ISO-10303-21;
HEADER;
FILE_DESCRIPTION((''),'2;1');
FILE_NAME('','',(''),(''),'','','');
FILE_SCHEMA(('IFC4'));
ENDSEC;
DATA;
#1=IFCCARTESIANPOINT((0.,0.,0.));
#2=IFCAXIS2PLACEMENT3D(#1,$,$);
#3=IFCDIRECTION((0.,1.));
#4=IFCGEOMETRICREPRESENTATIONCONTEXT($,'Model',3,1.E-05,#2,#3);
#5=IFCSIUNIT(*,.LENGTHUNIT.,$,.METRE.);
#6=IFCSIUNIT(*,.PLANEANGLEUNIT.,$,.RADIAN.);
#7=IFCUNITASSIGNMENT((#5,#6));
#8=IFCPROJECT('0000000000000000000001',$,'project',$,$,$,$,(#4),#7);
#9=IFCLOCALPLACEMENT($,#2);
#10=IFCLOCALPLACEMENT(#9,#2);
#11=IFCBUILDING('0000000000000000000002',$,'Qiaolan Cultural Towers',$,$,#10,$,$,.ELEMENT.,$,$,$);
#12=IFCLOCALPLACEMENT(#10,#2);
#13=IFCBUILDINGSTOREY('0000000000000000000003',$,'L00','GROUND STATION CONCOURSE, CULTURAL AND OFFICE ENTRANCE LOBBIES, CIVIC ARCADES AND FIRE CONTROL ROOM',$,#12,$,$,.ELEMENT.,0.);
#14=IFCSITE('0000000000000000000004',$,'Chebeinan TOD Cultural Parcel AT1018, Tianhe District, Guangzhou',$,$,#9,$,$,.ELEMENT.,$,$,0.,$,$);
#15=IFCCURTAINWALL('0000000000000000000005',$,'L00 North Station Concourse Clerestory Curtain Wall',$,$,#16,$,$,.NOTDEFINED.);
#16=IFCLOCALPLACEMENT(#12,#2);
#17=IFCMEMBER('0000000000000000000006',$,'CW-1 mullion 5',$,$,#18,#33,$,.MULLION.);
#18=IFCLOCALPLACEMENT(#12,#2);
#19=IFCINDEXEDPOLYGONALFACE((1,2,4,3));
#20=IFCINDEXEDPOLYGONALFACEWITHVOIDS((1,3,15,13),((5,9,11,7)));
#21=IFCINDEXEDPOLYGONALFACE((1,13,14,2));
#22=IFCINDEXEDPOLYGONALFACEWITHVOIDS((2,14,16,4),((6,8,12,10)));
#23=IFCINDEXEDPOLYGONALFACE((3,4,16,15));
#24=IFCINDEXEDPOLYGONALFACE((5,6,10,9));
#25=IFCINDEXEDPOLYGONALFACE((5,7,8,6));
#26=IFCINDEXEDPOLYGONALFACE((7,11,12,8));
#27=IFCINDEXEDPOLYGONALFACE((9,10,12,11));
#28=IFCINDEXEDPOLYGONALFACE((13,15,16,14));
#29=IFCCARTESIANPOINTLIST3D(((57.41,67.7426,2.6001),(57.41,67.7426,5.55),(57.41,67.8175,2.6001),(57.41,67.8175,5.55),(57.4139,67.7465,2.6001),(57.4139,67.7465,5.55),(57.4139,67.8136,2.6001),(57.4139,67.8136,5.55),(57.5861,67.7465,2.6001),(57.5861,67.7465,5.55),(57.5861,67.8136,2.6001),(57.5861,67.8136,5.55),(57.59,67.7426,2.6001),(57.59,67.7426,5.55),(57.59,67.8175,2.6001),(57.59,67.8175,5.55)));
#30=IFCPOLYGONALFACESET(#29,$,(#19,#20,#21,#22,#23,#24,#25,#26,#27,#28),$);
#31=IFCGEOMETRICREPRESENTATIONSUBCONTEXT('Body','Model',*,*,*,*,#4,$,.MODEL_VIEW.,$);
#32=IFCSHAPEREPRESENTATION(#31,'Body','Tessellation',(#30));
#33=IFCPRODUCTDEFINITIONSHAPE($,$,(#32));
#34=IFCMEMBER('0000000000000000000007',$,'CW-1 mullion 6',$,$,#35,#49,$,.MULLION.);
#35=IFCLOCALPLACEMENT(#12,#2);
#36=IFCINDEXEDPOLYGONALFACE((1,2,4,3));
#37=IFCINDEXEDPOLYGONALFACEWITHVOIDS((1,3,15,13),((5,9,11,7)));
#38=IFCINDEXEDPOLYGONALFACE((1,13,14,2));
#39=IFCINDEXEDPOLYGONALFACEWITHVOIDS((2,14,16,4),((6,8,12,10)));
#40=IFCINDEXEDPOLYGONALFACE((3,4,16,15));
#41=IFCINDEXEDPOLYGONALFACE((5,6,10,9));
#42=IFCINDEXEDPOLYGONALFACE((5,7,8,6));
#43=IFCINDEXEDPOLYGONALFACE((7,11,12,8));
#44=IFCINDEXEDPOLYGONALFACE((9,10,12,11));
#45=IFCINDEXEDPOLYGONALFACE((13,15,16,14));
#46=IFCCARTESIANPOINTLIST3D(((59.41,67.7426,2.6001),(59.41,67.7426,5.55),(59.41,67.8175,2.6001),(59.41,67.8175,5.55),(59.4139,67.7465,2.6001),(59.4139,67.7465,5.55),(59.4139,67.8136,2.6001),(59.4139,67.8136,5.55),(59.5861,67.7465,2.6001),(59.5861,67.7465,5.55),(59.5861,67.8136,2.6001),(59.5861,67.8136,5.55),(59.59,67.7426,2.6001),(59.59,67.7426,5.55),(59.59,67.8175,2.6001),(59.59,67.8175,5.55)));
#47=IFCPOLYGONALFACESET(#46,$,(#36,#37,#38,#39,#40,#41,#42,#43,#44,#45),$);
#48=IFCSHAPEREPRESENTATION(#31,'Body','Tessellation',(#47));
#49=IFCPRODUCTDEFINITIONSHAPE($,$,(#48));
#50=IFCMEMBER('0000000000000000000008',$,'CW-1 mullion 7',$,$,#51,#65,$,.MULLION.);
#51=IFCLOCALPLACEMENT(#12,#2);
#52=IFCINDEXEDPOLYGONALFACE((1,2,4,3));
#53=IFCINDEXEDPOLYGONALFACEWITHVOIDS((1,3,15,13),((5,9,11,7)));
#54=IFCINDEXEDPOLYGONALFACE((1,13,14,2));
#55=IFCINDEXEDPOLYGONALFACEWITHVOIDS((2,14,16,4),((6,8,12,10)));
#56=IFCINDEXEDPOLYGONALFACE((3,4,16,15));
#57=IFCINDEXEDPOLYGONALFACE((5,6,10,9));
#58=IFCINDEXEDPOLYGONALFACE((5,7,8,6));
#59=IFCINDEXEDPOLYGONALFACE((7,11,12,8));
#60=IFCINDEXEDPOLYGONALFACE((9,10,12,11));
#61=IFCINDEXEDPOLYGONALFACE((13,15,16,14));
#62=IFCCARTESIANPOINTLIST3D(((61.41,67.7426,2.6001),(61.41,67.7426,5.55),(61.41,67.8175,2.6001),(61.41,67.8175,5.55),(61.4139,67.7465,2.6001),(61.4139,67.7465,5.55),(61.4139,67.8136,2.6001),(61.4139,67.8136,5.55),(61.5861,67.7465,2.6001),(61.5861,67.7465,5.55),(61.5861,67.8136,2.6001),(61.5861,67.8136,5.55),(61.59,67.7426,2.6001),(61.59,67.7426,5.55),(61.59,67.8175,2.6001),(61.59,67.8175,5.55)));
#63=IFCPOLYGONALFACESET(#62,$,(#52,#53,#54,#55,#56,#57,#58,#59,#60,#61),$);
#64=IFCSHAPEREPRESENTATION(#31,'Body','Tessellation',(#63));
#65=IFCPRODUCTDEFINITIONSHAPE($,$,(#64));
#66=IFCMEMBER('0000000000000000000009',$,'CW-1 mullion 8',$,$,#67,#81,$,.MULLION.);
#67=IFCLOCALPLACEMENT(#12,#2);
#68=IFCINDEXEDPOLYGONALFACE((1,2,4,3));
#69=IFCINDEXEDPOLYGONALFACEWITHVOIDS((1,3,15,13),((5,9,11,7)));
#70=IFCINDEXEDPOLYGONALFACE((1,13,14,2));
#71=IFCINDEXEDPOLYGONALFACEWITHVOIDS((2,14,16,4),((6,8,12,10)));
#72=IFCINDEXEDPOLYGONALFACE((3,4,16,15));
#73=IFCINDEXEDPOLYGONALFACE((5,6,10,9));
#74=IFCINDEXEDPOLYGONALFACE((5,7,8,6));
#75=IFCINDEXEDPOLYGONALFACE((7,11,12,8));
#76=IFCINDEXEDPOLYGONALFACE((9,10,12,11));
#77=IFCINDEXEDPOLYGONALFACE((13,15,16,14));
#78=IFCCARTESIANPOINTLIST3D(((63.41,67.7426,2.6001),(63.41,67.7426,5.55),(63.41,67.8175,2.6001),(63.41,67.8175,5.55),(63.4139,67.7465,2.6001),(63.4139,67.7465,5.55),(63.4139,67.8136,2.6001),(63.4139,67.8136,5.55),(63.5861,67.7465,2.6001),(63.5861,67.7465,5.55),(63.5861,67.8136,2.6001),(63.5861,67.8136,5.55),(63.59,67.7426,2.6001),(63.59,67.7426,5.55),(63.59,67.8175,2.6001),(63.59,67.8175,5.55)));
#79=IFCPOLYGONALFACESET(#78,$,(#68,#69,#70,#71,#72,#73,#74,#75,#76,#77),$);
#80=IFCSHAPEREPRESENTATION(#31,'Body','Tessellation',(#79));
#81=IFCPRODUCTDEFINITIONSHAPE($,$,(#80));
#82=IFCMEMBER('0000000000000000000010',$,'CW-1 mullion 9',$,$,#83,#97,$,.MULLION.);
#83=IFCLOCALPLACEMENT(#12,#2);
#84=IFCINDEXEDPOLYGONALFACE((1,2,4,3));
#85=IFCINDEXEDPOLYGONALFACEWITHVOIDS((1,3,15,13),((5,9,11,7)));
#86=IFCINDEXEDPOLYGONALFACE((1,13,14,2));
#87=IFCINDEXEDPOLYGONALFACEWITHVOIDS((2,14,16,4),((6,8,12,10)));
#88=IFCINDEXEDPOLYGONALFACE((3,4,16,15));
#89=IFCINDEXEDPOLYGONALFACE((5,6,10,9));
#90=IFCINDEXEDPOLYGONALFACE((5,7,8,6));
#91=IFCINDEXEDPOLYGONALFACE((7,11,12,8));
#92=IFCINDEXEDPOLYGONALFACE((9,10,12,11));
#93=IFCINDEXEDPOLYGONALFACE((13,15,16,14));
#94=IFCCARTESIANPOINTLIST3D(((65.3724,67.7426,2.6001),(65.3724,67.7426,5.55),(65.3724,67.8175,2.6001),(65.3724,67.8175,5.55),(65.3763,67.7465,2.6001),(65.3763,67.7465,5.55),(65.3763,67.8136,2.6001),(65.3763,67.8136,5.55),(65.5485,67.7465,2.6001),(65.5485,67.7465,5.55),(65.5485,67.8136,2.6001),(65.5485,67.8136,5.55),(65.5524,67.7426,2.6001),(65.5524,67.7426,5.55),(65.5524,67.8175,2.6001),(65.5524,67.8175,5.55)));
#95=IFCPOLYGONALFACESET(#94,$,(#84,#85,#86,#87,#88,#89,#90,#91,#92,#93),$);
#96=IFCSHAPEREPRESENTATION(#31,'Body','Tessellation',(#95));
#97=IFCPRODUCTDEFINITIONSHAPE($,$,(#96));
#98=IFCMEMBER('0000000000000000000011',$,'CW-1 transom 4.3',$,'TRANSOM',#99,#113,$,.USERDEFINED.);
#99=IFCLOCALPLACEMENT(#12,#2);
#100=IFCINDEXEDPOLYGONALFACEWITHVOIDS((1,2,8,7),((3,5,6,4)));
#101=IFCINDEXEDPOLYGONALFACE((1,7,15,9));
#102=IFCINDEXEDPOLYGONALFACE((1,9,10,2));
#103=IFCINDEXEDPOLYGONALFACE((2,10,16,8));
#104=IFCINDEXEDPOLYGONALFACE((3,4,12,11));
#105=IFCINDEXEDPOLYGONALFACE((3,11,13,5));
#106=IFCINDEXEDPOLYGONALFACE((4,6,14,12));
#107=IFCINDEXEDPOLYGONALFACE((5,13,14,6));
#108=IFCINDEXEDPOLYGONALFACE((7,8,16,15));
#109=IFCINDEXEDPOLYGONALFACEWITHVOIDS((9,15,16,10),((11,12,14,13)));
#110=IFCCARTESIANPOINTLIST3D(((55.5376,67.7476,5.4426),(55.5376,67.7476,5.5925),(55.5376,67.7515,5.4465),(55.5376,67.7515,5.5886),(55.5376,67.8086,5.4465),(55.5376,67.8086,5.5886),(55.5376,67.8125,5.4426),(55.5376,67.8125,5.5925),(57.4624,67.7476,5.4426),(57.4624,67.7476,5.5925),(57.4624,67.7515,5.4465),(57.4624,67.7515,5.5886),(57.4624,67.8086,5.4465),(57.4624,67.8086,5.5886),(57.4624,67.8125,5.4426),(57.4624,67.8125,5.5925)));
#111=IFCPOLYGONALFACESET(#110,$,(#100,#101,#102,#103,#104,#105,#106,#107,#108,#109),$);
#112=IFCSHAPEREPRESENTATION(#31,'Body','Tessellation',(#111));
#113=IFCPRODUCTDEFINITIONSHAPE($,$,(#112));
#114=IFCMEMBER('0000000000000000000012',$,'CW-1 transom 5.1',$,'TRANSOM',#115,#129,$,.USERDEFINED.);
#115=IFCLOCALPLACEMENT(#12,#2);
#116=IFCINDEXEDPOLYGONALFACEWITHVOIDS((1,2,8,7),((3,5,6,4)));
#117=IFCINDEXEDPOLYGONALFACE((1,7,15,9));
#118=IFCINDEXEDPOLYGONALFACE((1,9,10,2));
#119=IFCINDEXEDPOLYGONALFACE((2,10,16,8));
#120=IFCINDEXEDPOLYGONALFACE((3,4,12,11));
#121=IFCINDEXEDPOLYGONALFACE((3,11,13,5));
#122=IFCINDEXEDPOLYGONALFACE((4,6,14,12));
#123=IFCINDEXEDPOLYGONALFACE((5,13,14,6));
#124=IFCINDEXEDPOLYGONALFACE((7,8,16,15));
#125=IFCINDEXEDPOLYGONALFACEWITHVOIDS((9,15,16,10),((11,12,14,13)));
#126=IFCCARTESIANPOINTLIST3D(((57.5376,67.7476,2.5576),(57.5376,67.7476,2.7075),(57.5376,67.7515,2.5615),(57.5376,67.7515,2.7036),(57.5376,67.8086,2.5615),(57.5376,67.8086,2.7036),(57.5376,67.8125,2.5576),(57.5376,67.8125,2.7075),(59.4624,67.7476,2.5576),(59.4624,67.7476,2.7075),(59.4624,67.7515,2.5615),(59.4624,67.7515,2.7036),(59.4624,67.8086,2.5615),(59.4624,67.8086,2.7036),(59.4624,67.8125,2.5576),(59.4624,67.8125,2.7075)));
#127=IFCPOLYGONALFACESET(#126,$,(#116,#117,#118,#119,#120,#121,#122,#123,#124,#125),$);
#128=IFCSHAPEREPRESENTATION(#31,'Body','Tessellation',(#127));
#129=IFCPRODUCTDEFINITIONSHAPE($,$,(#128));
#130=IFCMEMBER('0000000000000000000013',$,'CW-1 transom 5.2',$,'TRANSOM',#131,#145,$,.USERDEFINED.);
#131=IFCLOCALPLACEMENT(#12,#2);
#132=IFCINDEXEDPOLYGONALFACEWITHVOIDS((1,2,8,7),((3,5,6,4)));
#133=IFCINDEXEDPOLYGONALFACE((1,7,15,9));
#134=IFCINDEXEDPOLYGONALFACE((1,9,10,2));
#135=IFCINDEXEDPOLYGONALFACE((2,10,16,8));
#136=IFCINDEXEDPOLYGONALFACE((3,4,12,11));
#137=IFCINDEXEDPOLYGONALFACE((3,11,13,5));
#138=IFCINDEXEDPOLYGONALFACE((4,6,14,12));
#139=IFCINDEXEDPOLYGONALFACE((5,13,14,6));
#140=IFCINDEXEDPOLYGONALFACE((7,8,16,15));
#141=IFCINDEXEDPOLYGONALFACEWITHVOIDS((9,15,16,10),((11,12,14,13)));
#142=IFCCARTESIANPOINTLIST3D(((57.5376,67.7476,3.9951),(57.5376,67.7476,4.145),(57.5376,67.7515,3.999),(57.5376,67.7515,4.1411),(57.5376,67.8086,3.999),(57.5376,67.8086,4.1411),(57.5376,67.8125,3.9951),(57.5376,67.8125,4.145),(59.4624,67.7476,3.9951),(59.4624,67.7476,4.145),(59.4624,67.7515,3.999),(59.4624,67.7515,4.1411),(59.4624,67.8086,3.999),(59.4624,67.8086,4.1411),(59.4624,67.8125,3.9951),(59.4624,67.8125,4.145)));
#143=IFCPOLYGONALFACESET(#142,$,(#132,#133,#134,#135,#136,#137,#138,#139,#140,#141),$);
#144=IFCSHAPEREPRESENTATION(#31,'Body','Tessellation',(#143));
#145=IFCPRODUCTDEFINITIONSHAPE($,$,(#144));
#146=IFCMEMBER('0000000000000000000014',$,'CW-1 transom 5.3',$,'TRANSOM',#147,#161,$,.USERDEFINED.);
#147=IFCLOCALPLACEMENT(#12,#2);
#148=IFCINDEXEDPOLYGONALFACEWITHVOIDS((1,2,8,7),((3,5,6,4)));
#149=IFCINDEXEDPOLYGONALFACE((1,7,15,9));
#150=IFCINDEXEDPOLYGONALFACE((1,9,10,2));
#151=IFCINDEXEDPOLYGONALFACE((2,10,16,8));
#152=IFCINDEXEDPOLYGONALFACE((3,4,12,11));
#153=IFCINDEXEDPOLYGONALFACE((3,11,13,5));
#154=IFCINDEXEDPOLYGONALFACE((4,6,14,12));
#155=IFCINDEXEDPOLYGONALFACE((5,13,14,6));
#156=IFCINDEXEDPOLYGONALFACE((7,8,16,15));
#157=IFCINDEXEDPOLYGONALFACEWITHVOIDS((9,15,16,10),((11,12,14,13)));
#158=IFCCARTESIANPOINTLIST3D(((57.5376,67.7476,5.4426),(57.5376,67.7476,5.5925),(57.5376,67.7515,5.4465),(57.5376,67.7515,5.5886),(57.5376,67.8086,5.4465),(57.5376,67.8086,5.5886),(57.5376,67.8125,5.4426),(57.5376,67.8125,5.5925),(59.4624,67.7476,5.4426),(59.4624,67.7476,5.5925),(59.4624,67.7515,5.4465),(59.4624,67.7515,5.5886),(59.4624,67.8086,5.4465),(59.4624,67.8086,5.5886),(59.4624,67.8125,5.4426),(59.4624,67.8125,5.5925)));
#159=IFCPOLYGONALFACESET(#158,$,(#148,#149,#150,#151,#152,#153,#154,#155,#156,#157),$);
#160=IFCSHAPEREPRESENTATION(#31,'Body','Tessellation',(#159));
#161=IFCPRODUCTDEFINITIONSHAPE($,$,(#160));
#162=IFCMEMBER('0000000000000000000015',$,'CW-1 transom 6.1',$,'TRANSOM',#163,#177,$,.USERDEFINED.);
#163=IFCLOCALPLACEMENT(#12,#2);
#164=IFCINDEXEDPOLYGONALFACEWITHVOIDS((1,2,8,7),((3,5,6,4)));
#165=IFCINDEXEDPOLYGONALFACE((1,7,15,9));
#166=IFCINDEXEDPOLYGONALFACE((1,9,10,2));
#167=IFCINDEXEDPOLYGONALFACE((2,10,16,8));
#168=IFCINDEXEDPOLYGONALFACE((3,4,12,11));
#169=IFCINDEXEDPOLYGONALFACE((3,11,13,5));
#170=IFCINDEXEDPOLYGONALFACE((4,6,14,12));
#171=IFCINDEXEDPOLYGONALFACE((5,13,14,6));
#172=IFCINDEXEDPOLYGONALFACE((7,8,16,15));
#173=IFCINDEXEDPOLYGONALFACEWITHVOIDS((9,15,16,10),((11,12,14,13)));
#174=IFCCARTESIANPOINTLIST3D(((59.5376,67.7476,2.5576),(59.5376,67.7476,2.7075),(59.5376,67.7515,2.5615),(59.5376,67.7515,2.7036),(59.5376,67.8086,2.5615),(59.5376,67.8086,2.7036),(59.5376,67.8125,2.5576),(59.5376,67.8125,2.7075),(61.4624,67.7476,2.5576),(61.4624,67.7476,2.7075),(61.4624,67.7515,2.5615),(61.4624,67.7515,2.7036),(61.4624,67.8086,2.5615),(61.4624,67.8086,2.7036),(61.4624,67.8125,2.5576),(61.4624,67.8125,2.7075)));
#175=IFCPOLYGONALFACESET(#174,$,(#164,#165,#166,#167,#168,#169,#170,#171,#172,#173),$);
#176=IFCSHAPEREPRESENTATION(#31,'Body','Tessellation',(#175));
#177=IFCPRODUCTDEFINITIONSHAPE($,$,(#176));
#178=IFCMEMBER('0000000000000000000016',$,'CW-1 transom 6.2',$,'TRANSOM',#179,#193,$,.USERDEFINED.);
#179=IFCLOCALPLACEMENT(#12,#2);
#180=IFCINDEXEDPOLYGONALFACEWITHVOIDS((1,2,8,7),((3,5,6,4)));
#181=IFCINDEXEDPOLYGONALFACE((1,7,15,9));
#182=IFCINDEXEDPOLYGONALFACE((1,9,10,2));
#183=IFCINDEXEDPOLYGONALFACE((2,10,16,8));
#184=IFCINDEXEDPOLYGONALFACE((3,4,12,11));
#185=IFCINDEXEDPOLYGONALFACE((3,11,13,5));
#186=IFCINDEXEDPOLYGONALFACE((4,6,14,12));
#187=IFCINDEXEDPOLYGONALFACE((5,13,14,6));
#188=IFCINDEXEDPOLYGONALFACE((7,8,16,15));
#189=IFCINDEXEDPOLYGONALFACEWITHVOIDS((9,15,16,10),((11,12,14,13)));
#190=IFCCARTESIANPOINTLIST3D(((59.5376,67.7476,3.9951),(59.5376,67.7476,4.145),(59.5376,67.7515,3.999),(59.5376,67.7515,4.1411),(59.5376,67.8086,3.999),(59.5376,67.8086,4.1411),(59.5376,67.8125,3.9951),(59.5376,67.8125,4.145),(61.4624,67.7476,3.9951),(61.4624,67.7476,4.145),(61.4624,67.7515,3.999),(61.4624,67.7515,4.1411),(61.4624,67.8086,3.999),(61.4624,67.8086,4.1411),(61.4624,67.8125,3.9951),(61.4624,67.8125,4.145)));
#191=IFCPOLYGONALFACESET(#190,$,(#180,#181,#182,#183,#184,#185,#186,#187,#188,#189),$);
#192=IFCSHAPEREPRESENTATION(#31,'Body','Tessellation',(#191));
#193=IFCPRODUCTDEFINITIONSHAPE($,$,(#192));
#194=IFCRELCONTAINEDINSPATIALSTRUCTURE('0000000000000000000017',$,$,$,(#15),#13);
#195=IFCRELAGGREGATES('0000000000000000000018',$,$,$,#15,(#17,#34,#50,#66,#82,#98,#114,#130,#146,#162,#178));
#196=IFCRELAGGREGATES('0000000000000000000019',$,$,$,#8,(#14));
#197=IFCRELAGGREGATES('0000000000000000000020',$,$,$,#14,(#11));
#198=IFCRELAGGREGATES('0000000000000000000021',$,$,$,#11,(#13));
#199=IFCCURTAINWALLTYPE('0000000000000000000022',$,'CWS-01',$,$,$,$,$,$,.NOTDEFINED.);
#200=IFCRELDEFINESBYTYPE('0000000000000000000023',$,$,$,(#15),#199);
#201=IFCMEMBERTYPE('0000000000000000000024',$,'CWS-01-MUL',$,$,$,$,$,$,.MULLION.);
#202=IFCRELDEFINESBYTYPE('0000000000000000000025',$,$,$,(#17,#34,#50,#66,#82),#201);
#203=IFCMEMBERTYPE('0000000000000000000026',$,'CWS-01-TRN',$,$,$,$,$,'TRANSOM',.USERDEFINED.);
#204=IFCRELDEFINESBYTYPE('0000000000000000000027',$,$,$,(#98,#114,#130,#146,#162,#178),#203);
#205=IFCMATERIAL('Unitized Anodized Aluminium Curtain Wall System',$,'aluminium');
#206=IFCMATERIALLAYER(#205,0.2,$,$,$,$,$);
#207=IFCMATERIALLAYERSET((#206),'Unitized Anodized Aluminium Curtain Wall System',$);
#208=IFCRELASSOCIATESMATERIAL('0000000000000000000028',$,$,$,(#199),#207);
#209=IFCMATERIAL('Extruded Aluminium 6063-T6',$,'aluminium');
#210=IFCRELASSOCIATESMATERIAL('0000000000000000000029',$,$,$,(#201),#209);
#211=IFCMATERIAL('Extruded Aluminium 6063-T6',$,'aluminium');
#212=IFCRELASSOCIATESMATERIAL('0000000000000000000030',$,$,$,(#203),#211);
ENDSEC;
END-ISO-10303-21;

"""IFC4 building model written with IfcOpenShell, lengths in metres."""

from ifc_helpers import new_model, si_unit, direction, frame, origin, origin_2d, place, context, subcontext, project, spatial, hollow_rectangle, extrude, material, layer, layer_set, material_profile, profile_set, type_object, element, aggregate, save


model = new_model("IFC4")

# Units and contexts
model_context = context("Model", 3, precision=1e-05, world=origin(), true_north=direction((0.0, 1.0)))
body_context = subcontext(model_context, "Body", "Model", "MODEL_VIEW")
ifc_project = project(units=[si_unit("LENGTHUNIT", "METRE"), si_unit("PLANEANGLEUNIT", "RADIAN")], contexts=[model_context])

# Site, building, storey
site_placement = place(None, origin())
site = spatial("IfcSite", under=ifc_project, at=site_placement, Name="Chebeinan TOD Cultural Parcel AT1018, Tianhe District, Guangzhou", CompositionType="ELEMENT", RefElevation=0.0)
building_placement = place(site_placement, origin())
building = spatial("IfcBuilding", under=site, at=building_placement, Name="Qiaolan Cultural Towers", CompositionType="ELEMENT")
storey_placement = place(building_placement, origin())
storey = spatial("IfcBuildingStorey", under=building, at=storey_placement, Name="L00", Description="GROUND STATION CONCOURSE, CULTURAL AND OFFICE ENTRANCE LOBBIES, CIVIC ARCADES AND FIRE CONTROL ROOM", CompositionType="ELEMENT", Elevation=0.0)

# Curtain wall, members
ifc_material_1 = material(Name="Unitized Anodized Aluminium Curtain Wall System", Category="aluminium")
ifc_layer_1 = layer(ifc_material_1, 0.2)
ifc_layer_set_1 = layer_set([ifc_layer_1], Name="Unitized Anodized Aluminium Curtain Wall System")
curtain_wall_type = type_object("IfcCurtainWallType", Name="CWS-01", PredefinedType="NOTDEFINED", material=ifc_layer_set_1)
curtain_wall_placement = place(storey_placement, origin())
curtain_wall = element("IfcCurtainWall", 1, at=curtain_wall_placement, inside=storey, type_object=curtain_wall_type, Name="L00 North Station Concourse Clerestory Curtain Wall", PredefinedType="NOTDEFINED")
ifc_material_2 = material(Name="Extruded Aluminium 6063-T6", Category="aluminium")
ifc_material_profile_1 = material_profile(ifc_material_2, hollow_rectangle(XDim=0.075, YDim=0.1799, WallThickness=0.0039, at=origin_2d()), Name="CWM-180x75x4")
ifc_profile_set_1 = profile_set([ifc_material_profile_1], Name="Extruded Aluminium 6063-T6")
member_type_1 = type_object("IfcMemberType", Name="CWS-01-MUL", PredefinedType="MULLION", material=ifc_profile_set_1)
member_1_placement = place(storey_placement, frame((57.5, 67.78, 2.6001), z_axis=(0.0, 0.0, 1.0), x_axis=(0.0, 1.0, 0.0)))
member_1 = element("IfcMember", 2, at=member_1_placement, type_object=member_type_1, Name="CW-1 mullion 5", PredefinedType="MULLION", context=body_context, shape_type="SweptSolid", body=[
    extrude(hollow_rectangle(XDim=0.075, YDim=0.1799, WallThickness=0.0039, at=origin_2d()), origin(), (0.0, 0.0, 1.0), 2.95),
])
member_2_placement = place(storey_placement, frame((59.5, 67.78, 2.6001), z_axis=(0.0, 0.0, 1.0), x_axis=(0.0, 1.0, 0.0)))
member_2 = element("IfcMember", 3, at=member_2_placement, type_object=member_type_1, Name="CW-1 mullion 6", PredefinedType="MULLION", context=body_context, shape_type="SweptSolid", body=[
    extrude(hollow_rectangle(XDim=0.075, YDim=0.1799, WallThickness=0.0039, at=origin_2d()), origin(), (0.0, 0.0, 1.0), 2.95),
])
member_3_placement = place(storey_placement, frame((61.5, 67.78, 2.6001), z_axis=(0.0, 0.0, 1.0), x_axis=(0.0, 1.0, 0.0)))
member_3 = element("IfcMember", 4, at=member_3_placement, type_object=member_type_1, Name="CW-1 mullion 7", PredefinedType="MULLION", context=body_context, shape_type="SweptSolid", body=[
    extrude(hollow_rectangle(XDim=0.075, YDim=0.1799, WallThickness=0.0039, at=origin_2d()), origin(), (0.0, 0.0, 1.0), 2.95),
])
member_4_placement = place(storey_placement, frame((63.5, 67.78, 2.6001), z_axis=(0.0, 0.0, 1.0), x_axis=(0.0, 1.0, 0.0)))
member_4 = element("IfcMember", 5, at=member_4_placement, type_object=member_type_1, Name="CW-1 mullion 8", PredefinedType="MULLION", context=body_context, shape_type="SweptSolid", body=[
    extrude(hollow_rectangle(XDim=0.075, YDim=0.1799, WallThickness=0.0039, at=origin_2d()), origin(), (0.0, 0.0, 1.0), 2.95),
])
member_5_placement = place(storey_placement, frame((65.4624, 67.78, 2.6001), z_axis=(0.0, 0.0, 1.0), x_axis=(0.0, 1.0, 0.0)))
member_5 = element("IfcMember", 6, at=member_5_placement, type_object=member_type_1, Name="CW-1 mullion 9", PredefinedType="MULLION", context=body_context, shape_type="SweptSolid", body=[
    extrude(hollow_rectangle(XDim=0.075, YDim=0.1799, WallThickness=0.0039, at=origin_2d()), origin(), (0.0, 0.0, 1.0), 2.95),
])
ifc_material_3 = material(Name="Extruded Aluminium 6063-T6", Category="aluminium")
ifc_material_profile_2 = material_profile(ifc_material_3, hollow_rectangle(XDim=0.0649, YDim=0.1499, WallThickness=0.0039, at=origin_2d()), Name="CWT-150x65x4")
ifc_profile_set_2 = profile_set([ifc_material_profile_2], Name="Extruded Aluminium 6063-T6")
member_type_2 = type_object("IfcMemberType", Name="CWS-01-TRN", ElementType="TRANSOM", PredefinedType="USERDEFINED", material=ifc_profile_set_2)
member_6_placement = place(storey_placement, frame((55.5376, 67.78, 5.5176), z_axis=(1.0, 0.0, 0.0), x_axis=(0.0, 1.0, 0.0)))
member_6 = element("IfcMember", 7, at=member_6_placement, type_object=member_type_2, Name="CW-1 transom 4.3", ObjectType="TRANSOM", PredefinedType="USERDEFINED", context=body_context, shape_type="SweptSolid", body=[
    extrude(hollow_rectangle(XDim=0.0649, YDim=0.1499, WallThickness=0.0039, at=origin_2d()), origin(), (0.0, 0.0, 1.0), 1.9248),
])
member_7_placement = place(storey_placement, frame((57.5376, 67.78, 2.6326), z_axis=(1.0, 0.0, 0.0), x_axis=(0.0, 1.0, 0.0)))
member_7 = element("IfcMember", 8, at=member_7_placement, type_object=member_type_2, Name="CW-1 transom 5.1", ObjectType="TRANSOM", PredefinedType="USERDEFINED", context=body_context, shape_type="SweptSolid", body=[
    extrude(hollow_rectangle(XDim=0.0649, YDim=0.1499, WallThickness=0.0039, at=origin_2d()), origin(), (0.0, 0.0, 1.0), 1.9248),
])
member_8_placement = place(storey_placement, frame((57.5376, 67.78, 4.0701), z_axis=(1.0, 0.0, 0.0), x_axis=(0.0, 1.0, 0.0)))
member_8 = element("IfcMember", 9, at=member_8_placement, type_object=member_type_2, Name="CW-1 transom 5.2", ObjectType="TRANSOM", PredefinedType="USERDEFINED", context=body_context, shape_type="SweptSolid", body=[
    extrude(hollow_rectangle(XDim=0.0649, YDim=0.1499, WallThickness=0.0039, at=origin_2d()), origin(), (0.0, 0.0, 1.0), 1.9248),
])
member_9_placement = place(storey_placement, frame((57.5376, 67.78, 5.5176), z_axis=(1.0, 0.0, 0.0), x_axis=(0.0, 1.0, 0.0)))
member_9 = element("IfcMember", 10, at=member_9_placement, type_object=member_type_2, Name="CW-1 transom 5.3", ObjectType="TRANSOM", PredefinedType="USERDEFINED", context=body_context, shape_type="SweptSolid", body=[
    extrude(hollow_rectangle(XDim=0.0649, YDim=0.1499, WallThickness=0.0039, at=origin_2d()), origin(), (0.0, 0.0, 1.0), 1.9248),
])
member_10_placement = place(storey_placement, frame((59.5376, 67.78, 2.6326), z_axis=(1.0, 0.0, 0.0), x_axis=(0.0, 1.0, 0.0)))
member_10 = element("IfcMember", 11, at=member_10_placement, type_object=member_type_2, Name="CW-1 transom 6.1", ObjectType="TRANSOM", PredefinedType="USERDEFINED", context=body_context, shape_type="SweptSolid", body=[
    extrude(hollow_rectangle(XDim=0.0649, YDim=0.1499, WallThickness=0.0039, at=origin_2d()), origin(), (0.0, 0.0, 1.0), 1.9248),
])
member_11_placement = place(storey_placement, frame((59.5376, 67.78, 4.0701), z_axis=(1.0, 0.0, 0.0), x_axis=(0.0, 1.0, 0.0)))
member_11 = element("IfcMember", 12, at=member_11_placement, type_object=member_type_2, Name="CW-1 transom 6.2", ObjectType="TRANSOM", PredefinedType="USERDEFINED", context=body_context, shape_type="SweptSolid", body=[
    extrude(hollow_rectangle(XDim=0.0649, YDim=0.1499, WallThickness=0.0039, at=origin_2d()), origin(), (0.0, 0.0, 1.0), 1.9248),
])
aggregate(curtain_wall, [member_1, member_2, member_3, member_4, member_5, member_6, member_7, member_8, member_9, member_10, member_11])

save(model, "model.ifc")
